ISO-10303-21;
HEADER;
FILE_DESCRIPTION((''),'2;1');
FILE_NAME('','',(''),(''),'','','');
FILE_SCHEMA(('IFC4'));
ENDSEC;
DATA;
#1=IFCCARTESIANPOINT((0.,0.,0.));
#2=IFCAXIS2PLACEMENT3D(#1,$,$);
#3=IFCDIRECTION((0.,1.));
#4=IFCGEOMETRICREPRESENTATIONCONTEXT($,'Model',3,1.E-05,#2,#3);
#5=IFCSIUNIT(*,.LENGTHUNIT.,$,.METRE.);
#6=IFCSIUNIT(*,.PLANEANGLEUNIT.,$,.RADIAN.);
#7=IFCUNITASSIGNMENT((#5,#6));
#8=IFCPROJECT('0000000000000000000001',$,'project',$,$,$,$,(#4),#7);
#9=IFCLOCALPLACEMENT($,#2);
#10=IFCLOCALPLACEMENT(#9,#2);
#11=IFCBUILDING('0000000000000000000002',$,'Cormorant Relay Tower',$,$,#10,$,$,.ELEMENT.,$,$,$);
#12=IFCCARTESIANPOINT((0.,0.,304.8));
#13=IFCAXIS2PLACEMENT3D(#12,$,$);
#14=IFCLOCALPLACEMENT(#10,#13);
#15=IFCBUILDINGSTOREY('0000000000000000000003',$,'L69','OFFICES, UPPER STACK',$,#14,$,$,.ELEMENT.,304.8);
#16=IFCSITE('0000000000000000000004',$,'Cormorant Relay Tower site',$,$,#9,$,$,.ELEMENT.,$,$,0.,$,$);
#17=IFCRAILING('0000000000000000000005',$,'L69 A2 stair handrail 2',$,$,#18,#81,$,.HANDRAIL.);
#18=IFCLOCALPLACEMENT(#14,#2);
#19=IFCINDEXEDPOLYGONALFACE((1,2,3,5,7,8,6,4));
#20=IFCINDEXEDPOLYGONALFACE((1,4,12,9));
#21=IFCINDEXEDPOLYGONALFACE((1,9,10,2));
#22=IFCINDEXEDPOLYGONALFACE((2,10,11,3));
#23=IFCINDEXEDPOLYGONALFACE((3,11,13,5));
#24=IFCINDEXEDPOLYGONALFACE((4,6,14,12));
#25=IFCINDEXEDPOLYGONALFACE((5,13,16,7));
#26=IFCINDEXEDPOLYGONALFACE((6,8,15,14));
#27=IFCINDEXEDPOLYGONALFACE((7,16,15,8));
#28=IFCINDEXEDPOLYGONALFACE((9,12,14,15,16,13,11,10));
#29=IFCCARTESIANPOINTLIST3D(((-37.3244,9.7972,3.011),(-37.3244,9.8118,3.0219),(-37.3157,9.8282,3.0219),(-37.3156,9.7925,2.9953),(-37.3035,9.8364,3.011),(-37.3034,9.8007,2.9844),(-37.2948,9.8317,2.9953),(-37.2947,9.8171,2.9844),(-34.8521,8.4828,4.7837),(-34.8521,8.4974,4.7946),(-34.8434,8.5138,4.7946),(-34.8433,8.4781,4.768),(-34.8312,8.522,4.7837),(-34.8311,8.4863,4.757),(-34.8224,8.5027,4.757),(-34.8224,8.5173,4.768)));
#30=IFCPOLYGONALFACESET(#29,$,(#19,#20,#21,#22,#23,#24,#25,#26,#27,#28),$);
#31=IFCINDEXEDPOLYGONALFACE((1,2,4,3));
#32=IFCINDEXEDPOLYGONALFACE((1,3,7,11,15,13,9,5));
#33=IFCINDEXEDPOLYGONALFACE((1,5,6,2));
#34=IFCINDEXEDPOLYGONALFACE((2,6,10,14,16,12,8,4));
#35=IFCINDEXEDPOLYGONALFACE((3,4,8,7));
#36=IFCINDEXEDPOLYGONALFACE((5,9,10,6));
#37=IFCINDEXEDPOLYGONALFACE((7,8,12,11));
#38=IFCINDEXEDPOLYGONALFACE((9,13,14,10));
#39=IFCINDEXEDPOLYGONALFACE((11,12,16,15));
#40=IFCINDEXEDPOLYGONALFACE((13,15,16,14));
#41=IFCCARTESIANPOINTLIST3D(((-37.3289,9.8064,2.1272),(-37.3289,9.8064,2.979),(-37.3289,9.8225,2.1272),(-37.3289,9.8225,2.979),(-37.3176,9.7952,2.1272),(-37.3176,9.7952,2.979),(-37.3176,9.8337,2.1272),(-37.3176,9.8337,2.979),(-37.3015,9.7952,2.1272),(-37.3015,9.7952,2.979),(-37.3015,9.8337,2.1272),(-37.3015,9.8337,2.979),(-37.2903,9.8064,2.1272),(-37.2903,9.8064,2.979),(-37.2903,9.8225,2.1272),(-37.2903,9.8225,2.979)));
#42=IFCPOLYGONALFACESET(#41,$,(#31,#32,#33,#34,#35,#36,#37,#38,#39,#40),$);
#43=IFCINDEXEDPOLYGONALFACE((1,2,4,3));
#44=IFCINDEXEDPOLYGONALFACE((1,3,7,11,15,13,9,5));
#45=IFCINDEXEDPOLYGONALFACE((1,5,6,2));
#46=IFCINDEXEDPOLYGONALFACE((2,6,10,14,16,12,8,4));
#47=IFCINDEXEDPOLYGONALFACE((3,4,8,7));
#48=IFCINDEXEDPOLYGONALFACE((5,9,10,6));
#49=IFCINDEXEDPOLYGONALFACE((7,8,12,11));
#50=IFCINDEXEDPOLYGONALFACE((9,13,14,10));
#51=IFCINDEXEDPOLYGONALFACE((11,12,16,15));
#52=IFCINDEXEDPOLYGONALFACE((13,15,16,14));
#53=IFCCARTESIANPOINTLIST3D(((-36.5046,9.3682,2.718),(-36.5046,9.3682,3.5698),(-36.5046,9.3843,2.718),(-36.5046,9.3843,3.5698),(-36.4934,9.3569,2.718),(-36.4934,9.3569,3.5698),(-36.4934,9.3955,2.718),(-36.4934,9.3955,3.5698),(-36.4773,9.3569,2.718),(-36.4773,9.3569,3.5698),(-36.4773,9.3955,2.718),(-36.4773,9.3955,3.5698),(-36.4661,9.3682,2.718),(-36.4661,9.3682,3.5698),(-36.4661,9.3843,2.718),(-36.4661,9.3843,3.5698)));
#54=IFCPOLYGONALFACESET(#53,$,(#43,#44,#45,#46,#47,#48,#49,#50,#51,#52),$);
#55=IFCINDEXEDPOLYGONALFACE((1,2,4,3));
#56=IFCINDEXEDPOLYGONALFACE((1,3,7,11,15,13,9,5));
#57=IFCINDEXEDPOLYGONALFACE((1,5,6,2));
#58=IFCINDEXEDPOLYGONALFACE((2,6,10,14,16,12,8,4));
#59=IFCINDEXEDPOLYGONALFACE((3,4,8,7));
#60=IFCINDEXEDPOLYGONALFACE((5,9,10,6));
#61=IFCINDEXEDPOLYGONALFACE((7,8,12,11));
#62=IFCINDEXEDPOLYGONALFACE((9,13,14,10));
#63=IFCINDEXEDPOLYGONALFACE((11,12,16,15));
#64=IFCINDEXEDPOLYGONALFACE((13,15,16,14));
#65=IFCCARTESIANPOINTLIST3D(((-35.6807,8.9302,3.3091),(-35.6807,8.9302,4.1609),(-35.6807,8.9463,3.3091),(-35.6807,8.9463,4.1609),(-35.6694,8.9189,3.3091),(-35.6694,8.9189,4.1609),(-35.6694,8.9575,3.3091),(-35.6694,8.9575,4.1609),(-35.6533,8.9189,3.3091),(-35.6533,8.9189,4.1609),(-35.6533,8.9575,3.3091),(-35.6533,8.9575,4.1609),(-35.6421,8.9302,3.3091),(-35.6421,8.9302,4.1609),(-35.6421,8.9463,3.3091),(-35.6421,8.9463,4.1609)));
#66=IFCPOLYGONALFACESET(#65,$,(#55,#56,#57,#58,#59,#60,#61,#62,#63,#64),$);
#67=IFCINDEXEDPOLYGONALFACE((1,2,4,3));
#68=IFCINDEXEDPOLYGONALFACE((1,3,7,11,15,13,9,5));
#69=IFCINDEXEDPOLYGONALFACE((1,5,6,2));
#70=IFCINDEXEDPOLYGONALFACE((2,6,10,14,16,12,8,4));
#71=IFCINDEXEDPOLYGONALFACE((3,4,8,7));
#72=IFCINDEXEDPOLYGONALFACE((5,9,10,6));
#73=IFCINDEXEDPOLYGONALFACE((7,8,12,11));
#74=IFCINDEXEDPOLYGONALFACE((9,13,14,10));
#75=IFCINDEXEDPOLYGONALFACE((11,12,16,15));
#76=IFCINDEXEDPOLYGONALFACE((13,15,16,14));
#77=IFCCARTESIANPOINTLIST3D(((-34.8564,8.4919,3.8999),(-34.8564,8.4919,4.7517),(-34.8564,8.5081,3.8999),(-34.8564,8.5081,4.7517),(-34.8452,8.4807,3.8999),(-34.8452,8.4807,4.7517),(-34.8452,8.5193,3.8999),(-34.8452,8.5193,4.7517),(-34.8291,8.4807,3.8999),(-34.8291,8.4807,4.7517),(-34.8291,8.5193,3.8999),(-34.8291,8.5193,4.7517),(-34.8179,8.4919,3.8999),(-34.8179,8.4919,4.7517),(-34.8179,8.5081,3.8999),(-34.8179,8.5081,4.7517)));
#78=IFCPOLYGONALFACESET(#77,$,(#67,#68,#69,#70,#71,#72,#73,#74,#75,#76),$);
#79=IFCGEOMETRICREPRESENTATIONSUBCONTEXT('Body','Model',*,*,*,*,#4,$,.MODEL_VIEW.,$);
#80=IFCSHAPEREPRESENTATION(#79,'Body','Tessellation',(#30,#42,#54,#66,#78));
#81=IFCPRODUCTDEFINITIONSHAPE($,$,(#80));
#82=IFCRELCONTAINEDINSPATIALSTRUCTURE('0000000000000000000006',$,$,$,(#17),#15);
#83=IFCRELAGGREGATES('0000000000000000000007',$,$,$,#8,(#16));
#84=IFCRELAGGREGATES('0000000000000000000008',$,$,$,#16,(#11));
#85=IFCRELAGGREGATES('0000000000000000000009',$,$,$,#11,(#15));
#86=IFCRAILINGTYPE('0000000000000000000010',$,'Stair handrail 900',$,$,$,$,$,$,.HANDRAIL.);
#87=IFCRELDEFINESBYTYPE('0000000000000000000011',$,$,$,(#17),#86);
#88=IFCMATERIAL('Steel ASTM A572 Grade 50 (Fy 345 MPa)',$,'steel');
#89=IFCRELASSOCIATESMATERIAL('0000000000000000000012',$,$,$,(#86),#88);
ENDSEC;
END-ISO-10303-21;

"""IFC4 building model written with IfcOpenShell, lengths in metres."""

from ifc_helpers import new_model, si_unit, direction, frame, origin, place, context, subcontext, project, spatial, polyline, outline, extrude, material, type_object, element, save


model = new_model("IFC4")

# Units and contexts
model_context = context("Model", 3, precision=1e-05, world=origin(), true_north=direction((0.0, 1.0)))
body_context = subcontext(model_context, "Body", "Model", "MODEL_VIEW")
ifc_project = project(units=[si_unit("LENGTHUNIT", "METRE"), si_unit("PLANEANGLEUNIT", "RADIAN")], contexts=[model_context])

# Site, building, storey
site_placement = place(None, origin())
site = spatial("IfcSite", under=ifc_project, at=site_placement, Name="Cormorant Relay Tower site", CompositionType="ELEMENT", RefElevation=0.0)
building_placement = place(site_placement, origin())
building = spatial("IfcBuilding", under=site, at=building_placement, Name="Cormorant Relay Tower", CompositionType="ELEMENT")
storey_placement = place(building_placement, frame((0.0, 0.0, 304.8)))
storey = spatial("IfcBuildingStorey", under=building, at=storey_placement, Name="L69", Description="OFFICES, UPPER STACK", CompositionType="ELEMENT", Elevation=304.8)

# Railing
ifc_material_1 = material(Name="Steel ASTM A572 Grade 50 (Fy 345 MPa)", Category="steel")
railing_type_1 = type_object("IfcRailingType", Name="Stair handrail 900", PredefinedType="HANDRAIL", material=ifc_material_1)
railing_1_placement = place(storey_placement, frame((-37.3096, 9.8145, 2.1272)))
element("IfcRailing", 1, at=railing_1_placement, inside=storey, type_object=railing_type_1, Name="L69 A2 stair handrail 2", PredefinedType="HANDRAIL", context=body_context, shape_type="SweptSolid", body=[
    extrude(outline(polyline([(0.0222, 0.0093), (0.0093, 0.0222), (-0.0093, 0.0222), (-0.0222, 0.0093), (-0.0222, -0.0093), (-0.0093, -0.0222), (0.0093, -0.0222), (0.0222, -0.0093), (0.0222, 0.0093)])), frame((0.0, 0.0, 0.876), z_axis=(0.746034, -0.396627, 0.534902), x_axis=(0.469429, 0.88297, 0.0)), (0.0, 0.0, 1.0), 3.314),
    extrude(outline(polyline([(0.0193, 0.0081), (0.0081, 0.0193), (-0.0081, 0.0193), (-0.0193, 0.0081), (-0.0193, -0.0081), (-0.0081, -0.0193), (0.0081, -0.0193), (0.0193, -0.0081), (0.0193, 0.0081)])), origin(), (0.0, 0.0, 1.0), 0.8518),
    extrude(outline(polyline([(0.0193, 0.0081), (0.0081, 0.0193), (-0.0081, 0.0193), (-0.0193, 0.0081), (-0.0193, -0.0081), (-0.0081, -0.0193), (0.0081, -0.0193), (0.0193, -0.0081), (0.0193, 0.0081)])), frame((0.8242, -0.4382, 0.5908)), (0.0, 0.0, 1.0), 0.8518),
    extrude(outline(polyline([(0.0193, 0.0081), (0.0081, 0.0193), (-0.0081, 0.0193), (-0.0193, 0.0081), (-0.0193, -0.0081), (-0.0081, -0.0193), (0.0081, -0.0193), (0.0193, -0.0081), (0.0193, 0.0081)])), frame((1.6482, -0.8762, 1.1819)), (0.0, 0.0, 1.0), 0.8518),
    extrude(outline(polyline([(0.0193, 0.0081), (0.0081, 0.0193), (-0.0081, 0.0193), (-0.0193, 0.0081), (-0.0193, -0.0081), (-0.0081, -0.0193), (0.0081, -0.0193), (0.0193, -0.0081), (0.0193, 0.0081)])), frame((2.4724, -1.3145, 1.7727)), (0.0, 0.0, 1.0), 0.8518),
])

save(model, "model.ifc")
